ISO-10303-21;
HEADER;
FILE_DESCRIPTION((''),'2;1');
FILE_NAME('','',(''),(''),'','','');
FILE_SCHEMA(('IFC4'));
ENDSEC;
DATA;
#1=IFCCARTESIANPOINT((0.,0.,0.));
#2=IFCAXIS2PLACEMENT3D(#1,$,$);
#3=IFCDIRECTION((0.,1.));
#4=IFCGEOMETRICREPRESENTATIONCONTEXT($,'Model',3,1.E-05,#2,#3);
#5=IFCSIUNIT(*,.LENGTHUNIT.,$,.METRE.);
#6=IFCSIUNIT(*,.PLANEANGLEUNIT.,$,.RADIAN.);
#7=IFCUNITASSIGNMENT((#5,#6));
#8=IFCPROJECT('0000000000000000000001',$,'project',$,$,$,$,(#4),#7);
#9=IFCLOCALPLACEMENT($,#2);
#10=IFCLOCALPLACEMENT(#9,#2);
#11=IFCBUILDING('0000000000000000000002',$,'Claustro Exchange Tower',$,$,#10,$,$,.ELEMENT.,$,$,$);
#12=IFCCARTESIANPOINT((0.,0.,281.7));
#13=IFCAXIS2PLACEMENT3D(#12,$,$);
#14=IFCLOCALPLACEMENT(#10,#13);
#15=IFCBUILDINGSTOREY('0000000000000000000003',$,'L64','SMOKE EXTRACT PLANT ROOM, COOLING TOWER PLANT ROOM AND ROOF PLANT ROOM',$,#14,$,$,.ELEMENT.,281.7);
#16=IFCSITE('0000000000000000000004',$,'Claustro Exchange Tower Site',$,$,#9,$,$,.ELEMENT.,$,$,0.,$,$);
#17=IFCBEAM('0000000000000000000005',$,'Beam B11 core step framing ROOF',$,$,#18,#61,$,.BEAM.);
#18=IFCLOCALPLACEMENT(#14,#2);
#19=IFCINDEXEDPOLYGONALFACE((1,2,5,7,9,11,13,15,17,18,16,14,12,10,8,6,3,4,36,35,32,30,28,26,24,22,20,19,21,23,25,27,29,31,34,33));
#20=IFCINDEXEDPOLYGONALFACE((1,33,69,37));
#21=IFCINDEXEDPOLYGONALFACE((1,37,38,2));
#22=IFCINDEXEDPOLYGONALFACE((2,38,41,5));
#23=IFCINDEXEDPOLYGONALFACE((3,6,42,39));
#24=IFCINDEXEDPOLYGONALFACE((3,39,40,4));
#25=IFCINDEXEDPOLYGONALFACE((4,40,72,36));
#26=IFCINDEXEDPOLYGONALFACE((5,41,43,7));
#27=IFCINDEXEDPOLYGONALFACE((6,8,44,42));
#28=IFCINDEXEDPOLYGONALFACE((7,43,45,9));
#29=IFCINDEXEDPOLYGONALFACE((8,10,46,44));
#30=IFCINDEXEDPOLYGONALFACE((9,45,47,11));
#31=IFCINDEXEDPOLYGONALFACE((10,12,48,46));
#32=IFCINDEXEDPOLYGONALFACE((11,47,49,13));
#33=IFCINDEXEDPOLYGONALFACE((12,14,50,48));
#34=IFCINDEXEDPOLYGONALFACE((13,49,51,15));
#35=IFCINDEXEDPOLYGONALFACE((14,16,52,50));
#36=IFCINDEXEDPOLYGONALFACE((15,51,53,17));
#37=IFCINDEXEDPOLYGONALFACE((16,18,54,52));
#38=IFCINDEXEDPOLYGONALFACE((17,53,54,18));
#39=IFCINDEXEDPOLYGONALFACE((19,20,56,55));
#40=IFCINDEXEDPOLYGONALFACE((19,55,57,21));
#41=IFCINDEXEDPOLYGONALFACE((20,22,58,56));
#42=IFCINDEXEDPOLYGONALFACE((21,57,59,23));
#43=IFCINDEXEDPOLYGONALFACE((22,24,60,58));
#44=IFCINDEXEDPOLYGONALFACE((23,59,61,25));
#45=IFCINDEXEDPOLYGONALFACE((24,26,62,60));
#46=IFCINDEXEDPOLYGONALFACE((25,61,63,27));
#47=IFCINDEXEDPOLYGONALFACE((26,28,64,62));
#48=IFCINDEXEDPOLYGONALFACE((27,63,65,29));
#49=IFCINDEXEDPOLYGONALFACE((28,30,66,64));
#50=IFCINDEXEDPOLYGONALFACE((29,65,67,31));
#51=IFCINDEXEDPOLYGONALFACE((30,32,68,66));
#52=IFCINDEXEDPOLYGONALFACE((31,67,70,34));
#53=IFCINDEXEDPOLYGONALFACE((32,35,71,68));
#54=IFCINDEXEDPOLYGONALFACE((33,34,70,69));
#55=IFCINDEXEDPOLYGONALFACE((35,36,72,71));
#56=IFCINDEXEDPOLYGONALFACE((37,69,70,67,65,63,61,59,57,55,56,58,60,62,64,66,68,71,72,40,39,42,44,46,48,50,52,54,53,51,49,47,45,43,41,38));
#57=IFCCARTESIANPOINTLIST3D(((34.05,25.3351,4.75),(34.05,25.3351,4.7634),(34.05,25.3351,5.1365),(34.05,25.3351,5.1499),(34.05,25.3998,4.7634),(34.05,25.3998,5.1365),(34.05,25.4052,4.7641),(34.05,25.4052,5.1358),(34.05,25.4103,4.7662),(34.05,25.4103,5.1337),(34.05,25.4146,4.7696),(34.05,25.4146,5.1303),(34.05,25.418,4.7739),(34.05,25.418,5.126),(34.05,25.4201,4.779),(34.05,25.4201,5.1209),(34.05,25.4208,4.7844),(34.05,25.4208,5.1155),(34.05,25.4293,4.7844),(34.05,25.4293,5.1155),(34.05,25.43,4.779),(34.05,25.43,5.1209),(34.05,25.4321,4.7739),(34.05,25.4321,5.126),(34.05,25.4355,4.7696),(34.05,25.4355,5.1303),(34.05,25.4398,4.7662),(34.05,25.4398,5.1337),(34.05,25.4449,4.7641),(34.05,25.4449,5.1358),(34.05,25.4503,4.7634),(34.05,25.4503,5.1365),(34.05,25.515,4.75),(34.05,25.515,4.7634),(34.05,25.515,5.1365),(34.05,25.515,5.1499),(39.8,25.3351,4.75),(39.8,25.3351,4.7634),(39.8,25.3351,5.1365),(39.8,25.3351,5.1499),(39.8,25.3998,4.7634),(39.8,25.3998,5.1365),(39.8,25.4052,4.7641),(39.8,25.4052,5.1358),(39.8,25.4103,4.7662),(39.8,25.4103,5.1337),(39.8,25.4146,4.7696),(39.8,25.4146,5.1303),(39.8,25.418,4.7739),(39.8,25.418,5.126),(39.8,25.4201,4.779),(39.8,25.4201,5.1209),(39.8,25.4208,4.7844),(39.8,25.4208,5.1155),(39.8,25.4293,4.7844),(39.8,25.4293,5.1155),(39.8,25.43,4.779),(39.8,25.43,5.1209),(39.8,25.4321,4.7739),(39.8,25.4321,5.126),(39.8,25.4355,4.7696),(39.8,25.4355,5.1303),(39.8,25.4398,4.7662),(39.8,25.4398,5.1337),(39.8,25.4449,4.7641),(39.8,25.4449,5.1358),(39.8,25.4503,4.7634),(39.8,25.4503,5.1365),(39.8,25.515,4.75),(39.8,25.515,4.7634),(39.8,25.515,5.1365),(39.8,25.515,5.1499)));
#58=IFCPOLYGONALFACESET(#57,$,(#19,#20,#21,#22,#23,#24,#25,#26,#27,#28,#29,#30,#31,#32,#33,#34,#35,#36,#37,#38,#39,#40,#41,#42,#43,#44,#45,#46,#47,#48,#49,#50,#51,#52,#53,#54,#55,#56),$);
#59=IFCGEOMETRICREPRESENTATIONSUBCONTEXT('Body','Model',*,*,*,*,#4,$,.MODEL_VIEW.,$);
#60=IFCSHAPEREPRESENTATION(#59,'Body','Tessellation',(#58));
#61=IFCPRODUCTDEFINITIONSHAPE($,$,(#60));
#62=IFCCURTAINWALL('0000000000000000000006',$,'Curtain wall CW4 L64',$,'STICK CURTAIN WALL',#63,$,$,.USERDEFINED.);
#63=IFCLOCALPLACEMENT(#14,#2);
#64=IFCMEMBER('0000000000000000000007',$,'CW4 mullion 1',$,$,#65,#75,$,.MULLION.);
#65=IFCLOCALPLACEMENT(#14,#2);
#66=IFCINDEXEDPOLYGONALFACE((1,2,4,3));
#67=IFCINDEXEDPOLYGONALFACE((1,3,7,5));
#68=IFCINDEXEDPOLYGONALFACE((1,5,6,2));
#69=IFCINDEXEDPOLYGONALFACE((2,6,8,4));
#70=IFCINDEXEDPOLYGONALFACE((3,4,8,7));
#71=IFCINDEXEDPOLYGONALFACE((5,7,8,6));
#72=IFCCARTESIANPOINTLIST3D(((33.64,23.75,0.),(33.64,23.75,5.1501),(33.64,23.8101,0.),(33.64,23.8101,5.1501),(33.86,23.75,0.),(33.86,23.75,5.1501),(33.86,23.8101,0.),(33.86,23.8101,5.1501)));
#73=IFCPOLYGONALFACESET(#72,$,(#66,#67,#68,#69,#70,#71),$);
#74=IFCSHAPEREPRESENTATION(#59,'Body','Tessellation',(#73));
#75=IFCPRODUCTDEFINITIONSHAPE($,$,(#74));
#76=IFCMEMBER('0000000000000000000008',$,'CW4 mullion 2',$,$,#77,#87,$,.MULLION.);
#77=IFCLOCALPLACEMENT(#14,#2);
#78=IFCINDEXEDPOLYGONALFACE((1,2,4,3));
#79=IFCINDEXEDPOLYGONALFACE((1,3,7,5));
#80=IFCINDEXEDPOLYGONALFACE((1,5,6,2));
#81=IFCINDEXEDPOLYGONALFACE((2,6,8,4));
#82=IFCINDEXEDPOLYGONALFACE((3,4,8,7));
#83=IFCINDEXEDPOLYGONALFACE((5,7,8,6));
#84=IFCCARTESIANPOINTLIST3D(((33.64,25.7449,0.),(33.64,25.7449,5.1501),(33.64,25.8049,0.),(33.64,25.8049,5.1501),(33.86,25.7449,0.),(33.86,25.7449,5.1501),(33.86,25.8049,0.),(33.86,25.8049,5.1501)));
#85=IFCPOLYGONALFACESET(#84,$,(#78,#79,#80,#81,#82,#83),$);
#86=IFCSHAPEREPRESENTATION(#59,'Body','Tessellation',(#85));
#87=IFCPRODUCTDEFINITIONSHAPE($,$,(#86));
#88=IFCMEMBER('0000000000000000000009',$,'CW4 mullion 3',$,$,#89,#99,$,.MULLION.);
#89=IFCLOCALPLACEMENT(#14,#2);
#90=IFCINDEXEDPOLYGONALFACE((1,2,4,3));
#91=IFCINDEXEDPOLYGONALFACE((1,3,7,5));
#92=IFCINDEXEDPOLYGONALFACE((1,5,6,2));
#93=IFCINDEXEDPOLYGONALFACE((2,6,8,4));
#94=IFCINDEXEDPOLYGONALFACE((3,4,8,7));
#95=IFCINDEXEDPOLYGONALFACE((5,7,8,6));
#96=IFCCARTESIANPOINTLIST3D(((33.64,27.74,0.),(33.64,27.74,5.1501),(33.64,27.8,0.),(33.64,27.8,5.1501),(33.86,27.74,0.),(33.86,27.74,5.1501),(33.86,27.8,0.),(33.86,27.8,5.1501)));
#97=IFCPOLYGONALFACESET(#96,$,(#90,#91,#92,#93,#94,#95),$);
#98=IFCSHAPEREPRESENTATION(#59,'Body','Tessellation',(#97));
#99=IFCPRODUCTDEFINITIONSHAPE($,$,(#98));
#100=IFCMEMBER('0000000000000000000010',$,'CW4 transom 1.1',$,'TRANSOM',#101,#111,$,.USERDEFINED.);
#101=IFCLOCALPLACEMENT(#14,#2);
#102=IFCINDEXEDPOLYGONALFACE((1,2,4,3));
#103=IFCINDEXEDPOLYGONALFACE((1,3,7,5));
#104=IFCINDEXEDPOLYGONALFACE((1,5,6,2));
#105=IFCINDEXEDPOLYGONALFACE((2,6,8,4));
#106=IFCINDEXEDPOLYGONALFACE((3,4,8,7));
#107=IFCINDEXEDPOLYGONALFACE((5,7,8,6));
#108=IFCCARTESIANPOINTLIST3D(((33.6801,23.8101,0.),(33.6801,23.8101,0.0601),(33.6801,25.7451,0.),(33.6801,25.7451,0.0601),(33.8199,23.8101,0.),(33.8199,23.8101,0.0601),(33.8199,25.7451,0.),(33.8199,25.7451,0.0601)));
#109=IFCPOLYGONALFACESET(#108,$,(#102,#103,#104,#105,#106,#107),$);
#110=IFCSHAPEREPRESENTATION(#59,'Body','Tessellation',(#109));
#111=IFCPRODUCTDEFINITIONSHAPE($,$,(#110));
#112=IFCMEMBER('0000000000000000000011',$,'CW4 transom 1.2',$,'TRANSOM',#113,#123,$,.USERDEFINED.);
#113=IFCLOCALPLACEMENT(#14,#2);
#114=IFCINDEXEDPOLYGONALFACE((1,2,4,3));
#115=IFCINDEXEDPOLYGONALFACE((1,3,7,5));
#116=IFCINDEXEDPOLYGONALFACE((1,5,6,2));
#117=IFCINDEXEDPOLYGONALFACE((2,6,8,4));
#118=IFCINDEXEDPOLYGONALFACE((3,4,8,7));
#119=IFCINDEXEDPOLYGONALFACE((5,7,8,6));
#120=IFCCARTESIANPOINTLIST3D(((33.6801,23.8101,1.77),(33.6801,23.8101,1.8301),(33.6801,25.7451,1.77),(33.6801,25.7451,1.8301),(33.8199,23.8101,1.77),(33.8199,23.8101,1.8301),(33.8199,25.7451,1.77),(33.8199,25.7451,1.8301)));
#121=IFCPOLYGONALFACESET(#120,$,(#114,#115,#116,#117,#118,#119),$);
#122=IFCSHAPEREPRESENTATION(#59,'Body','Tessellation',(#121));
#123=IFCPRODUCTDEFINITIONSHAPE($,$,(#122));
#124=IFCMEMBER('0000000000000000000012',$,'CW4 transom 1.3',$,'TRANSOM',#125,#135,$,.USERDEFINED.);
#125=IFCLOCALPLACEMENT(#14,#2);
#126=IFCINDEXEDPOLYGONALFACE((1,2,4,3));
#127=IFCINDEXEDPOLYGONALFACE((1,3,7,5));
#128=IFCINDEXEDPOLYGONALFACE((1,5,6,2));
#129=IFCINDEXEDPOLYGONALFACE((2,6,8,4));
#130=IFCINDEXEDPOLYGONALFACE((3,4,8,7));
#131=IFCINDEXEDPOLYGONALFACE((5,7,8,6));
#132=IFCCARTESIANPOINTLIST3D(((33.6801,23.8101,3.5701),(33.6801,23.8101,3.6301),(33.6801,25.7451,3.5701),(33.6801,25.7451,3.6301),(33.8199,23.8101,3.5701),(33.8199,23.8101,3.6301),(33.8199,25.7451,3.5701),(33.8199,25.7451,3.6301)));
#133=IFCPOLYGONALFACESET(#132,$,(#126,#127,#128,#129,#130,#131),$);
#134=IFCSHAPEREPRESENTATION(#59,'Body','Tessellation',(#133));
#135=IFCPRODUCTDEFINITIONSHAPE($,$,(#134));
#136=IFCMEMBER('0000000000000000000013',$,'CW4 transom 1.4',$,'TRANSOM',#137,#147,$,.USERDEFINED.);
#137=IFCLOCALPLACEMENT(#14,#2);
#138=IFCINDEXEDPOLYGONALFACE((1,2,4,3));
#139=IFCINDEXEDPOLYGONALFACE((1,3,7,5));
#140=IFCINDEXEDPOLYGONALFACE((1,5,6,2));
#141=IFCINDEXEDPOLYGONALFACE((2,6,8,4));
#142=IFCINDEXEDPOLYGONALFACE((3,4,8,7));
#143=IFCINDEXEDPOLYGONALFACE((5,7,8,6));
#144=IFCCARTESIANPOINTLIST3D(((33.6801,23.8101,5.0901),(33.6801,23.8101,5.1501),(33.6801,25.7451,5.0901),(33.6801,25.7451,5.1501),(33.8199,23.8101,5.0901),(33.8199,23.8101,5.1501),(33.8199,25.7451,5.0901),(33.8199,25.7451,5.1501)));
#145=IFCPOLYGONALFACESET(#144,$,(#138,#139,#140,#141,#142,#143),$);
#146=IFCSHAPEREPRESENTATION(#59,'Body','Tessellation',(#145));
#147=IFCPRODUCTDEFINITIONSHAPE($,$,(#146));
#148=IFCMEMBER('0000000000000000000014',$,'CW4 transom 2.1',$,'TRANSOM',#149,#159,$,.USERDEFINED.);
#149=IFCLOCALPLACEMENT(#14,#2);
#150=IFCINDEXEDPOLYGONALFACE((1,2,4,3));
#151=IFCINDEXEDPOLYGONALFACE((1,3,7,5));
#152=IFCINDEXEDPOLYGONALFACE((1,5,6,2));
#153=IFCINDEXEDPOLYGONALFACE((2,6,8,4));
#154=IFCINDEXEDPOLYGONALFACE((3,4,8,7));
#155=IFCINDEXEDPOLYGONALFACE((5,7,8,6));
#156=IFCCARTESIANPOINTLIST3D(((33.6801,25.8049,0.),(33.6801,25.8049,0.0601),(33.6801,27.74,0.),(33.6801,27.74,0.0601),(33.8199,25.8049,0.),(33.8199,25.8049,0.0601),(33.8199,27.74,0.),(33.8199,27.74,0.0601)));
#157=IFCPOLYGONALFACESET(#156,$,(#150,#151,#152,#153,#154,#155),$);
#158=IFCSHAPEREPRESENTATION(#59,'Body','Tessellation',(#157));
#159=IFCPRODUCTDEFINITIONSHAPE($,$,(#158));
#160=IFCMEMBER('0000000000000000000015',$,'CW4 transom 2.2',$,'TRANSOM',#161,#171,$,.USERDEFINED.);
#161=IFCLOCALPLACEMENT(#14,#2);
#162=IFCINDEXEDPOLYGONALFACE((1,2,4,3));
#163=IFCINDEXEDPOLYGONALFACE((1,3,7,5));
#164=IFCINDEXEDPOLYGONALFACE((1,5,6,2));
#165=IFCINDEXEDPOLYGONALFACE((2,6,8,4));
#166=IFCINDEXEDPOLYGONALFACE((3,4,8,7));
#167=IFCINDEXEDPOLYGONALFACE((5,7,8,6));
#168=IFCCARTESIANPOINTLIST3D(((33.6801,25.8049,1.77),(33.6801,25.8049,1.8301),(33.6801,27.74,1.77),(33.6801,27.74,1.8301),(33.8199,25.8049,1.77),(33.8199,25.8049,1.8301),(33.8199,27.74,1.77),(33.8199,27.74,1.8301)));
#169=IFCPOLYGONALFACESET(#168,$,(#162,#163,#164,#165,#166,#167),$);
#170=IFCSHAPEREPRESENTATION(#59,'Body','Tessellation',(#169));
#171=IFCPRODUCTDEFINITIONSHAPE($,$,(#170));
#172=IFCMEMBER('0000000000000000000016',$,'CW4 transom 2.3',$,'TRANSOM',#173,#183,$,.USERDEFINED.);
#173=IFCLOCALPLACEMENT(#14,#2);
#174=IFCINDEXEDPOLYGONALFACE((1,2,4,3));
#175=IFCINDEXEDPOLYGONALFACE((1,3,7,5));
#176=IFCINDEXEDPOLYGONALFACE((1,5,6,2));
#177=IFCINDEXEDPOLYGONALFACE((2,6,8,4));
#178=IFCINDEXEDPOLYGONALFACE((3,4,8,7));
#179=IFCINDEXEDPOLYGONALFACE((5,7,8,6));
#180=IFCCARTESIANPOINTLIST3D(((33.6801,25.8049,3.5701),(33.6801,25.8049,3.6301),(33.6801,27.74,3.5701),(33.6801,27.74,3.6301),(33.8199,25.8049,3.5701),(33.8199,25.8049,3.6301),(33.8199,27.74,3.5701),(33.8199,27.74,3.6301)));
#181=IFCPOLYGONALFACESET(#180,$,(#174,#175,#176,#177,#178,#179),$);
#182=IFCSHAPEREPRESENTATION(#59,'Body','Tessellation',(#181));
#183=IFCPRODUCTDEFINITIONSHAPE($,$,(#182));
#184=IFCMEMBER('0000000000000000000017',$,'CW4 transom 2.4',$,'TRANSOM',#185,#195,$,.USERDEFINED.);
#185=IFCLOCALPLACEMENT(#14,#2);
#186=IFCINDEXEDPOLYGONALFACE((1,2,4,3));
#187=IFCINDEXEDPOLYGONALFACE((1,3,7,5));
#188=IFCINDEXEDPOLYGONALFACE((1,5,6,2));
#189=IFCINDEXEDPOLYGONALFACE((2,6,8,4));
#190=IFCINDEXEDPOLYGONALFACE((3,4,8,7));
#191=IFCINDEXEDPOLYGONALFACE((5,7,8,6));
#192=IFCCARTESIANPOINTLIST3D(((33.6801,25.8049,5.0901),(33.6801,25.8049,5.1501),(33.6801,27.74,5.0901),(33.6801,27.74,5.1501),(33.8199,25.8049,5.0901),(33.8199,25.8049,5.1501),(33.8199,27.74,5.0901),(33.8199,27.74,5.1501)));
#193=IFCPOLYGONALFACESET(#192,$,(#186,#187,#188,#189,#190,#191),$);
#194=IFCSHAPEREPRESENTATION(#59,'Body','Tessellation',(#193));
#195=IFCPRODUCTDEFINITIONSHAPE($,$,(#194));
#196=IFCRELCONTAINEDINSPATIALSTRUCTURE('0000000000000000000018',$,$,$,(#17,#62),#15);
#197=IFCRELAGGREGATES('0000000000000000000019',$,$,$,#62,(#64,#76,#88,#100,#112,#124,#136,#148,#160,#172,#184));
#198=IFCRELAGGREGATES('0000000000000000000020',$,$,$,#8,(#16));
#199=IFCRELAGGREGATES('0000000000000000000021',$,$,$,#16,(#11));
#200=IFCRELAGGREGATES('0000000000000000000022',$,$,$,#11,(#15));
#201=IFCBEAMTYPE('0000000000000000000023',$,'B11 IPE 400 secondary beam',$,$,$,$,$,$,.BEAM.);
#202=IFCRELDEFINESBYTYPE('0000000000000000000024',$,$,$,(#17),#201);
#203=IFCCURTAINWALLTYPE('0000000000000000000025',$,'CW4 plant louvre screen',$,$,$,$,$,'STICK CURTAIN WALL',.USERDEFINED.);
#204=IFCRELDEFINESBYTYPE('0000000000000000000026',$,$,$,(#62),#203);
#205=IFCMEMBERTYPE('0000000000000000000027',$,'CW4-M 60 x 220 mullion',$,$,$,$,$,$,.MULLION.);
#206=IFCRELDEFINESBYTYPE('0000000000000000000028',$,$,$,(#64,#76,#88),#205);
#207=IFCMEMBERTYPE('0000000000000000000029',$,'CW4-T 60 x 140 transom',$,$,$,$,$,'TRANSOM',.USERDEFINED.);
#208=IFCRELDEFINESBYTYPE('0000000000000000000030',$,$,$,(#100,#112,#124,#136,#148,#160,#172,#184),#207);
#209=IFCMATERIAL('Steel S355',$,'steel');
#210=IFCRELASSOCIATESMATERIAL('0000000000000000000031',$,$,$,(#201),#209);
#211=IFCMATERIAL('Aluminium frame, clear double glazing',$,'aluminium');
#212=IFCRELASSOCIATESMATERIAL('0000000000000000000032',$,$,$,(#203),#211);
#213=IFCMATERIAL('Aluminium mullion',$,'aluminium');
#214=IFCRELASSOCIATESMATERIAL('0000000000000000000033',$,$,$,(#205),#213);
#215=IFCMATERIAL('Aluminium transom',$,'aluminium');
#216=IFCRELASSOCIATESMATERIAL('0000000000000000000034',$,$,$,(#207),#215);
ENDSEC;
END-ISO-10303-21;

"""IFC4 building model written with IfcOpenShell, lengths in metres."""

from ifc_helpers import new_model, si_unit, direction, frame, origin, origin_2d, place, context, subcontext, project, spatial, rectangle, i_section, extrude, material, material_profile, profile_set, type_object, element, aggregate, save


model = new_model("IFC4")

# Units and contexts
model_context = context("Model", 3, precision=1e-05, world=origin(), true_north=direction((0.0, 1.0)))
body_context = subcontext(model_context, "Body", "Model", "MODEL_VIEW")
ifc_project = project(units=[si_unit("LENGTHUNIT", "METRE"), si_unit("PLANEANGLEUNIT", "RADIAN")], contexts=[model_context])

# Site, building, storey
site_placement = place(None, origin())
site = spatial("IfcSite", under=ifc_project, at=site_placement, Name="Claustro Exchange Tower Site", CompositionType="ELEMENT", RefElevation=0.0)
building_placement = place(site_placement, origin())
building = spatial("IfcBuilding", under=site, at=building_placement, Name="Claustro Exchange Tower", CompositionType="ELEMENT")
storey_placement = place(building_placement, frame((0.0, 0.0, 281.7)))
storey = spatial("IfcBuildingStorey", under=building, at=storey_placement, Name="L64", Description="SMOKE EXTRACT PLANT ROOM, COOLING TOWER PLANT ROOM AND ROOF PLANT ROOM", CompositionType="ELEMENT", Elevation=281.7)

# Beam
ifc_material_1 = material(Name="Steel S355", Category="steel")
ifc_material_profile_1 = material_profile(ifc_material_1, i_section(OverallWidth=0.1799, OverallDepth=0.3999, WebThickness=0.0085, FlangeThickness=0.0134, FilletRadius=0.021, at=origin_2d()), Name="IPE 400")
ifc_profile_set_1 = profile_set([ifc_material_profile_1], Name="Steel S355")
beam_type = type_object("IfcBeamType", Name="B11 IPE 400 secondary beam", PredefinedType="BEAM", material=ifc_profile_set_1)
beam_placement = place(storey_placement, frame((34.05, 25.425, 4.95), z_axis=(1.0, 0.0, 0.0), x_axis=(0.0, 1.0, 0.0)))
element("IfcBeam", 1, at=beam_placement, inside=storey, type_object=beam_type, Name="Beam B11 core step framing ROOF", PredefinedType="BEAM", context=body_context, shape_type="SweptSolid", body=[
    extrude(i_section(OverallWidth=0.1799, OverallDepth=0.3999, WebThickness=0.0085, FlangeThickness=0.0134, FilletRadius=0.021, at=origin_2d()), origin(), (0.0, 0.0, 1.0), 5.75),
])

# Curtain wall, members
ifc_material_2 = material(Name="Aluminium frame, clear double glazing", Category="aluminium")
curtain_wall_type = type_object("IfcCurtainWallType", Name="CW4 plant louvre screen", ElementType="STICK CURTAIN WALL", PredefinedType="USERDEFINED", material=ifc_material_2)
curtain_wall_placement = place(storey_placement, origin())
curtain_wall = element("IfcCurtainWall", 2, at=curtain_wall_placement, inside=storey, type_object=curtain_wall_type, Name="Curtain wall CW4 L64", ObjectType="STICK CURTAIN WALL", PredefinedType="USERDEFINED")
ifc_material_3 = material(Name="Aluminium mullion", Category="aluminium")
ifc_material_profile_2 = material_profile(ifc_material_3, rectangle(XDim=0.22, YDim=0.0601, at=origin_2d()), Name="CW4-M 60x220")
ifc_profile_set_2 = profile_set([ifc_material_profile_2], Name="Aluminium mullion")
member_type_1 = type_object("IfcMemberType", Name="CW4-M 60 x 220 mullion", PredefinedType="MULLION", material=ifc_profile_set_2)
member_1_placement = place(storey_placement, frame((33.75, 23.78, 0.0), z_axis=(0.0, 0.0, 1.0), x_axis=(-1.0, 0.0, 0.0)))
member_1 = element("IfcMember", 3, at=member_1_placement, type_object=member_type_1, Name="CW4 mullion 1", PredefinedType="MULLION", context=body_context, shape_type="SweptSolid", body=[
    extrude(rectangle(XDim=0.22, YDim=0.0601, at=origin_2d()), origin(), (0.0, 0.0, 1.0), 5.1501),
])
member_2_placement = place(storey_placement, frame((33.75, 25.7749, 0.0), z_axis=(0.0, 0.0, 1.0), x_axis=(-1.0, 0.0, 0.0)))
member_2 = element("IfcMember", 4, at=member_2_placement, type_object=member_type_1, Name="CW4 mullion 2", PredefinedType="MULLION", context=body_context, shape_type="SweptSolid", body=[
    extrude(rectangle(XDim=0.22, YDim=0.0601, at=origin_2d()), origin(), (0.0, 0.0, 1.0), 5.1501),
])
member_3_placement = place(storey_placement, frame((33.75, 27.77, 0.0), z_axis=(0.0, 0.0, 1.0), x_axis=(-1.0, 0.0, 0.0)))
member_3 = element("IfcMember", 5, at=member_3_placement, type_object=member_type_1, Name="CW4 mullion 3", PredefinedType="MULLION", context=body_context, shape_type="SweptSolid", body=[
    extrude(rectangle(XDim=0.22, YDim=0.0601, at=origin_2d()), origin(), (0.0, 0.0, 1.0), 5.1501),
])
ifc_material_4 = material(Name="Aluminium transom", Category="aluminium")
ifc_material_profile_3 = material_profile(ifc_material_4, rectangle(XDim=0.1399, YDim=0.0601, at=origin_2d()), Name="CW4-T 60x140")
ifc_profile_set_3 = profile_set([ifc_material_profile_3], Name="Aluminium transom")
member_type_2 = type_object("IfcMemberType", Name="CW4-T 60 x 140 transom", ElementType="TRANSOM", PredefinedType="USERDEFINED", material=ifc_profile_set_3)
member_4_placement = place(storey_placement, frame((33.75, 23.8101, 0.03), z_axis=(0.0, 1.0, 0.0), x_axis=(-1.0, 0.0, 0.0)))
member_4 = element("IfcMember", 6, at=member_4_placement, type_object=member_type_2, Name="CW4 transom 1.1", ObjectType="TRANSOM", PredefinedType="USERDEFINED", context=body_context, shape_type="SweptSolid", body=[
    extrude(rectangle(XDim=0.1399, YDim=0.0601, at=origin_2d()), origin(), (0.0, 0.0, 1.0), 1.9351),
])
member_5_placement = place(storey_placement, frame((33.75, 23.8101, 1.8), z_axis=(0.0, 1.0, 0.0), x_axis=(-1.0, 0.0, 0.0)))
member_5 = element("IfcMember", 7, at=member_5_placement, type_object=member_type_2, Name="CW4 transom 1.2", ObjectType="TRANSOM", PredefinedType="USERDEFINED", context=body_context, shape_type="SweptSolid", body=[
    extrude(rectangle(XDim=0.1399, YDim=0.0601, at=origin_2d()), origin(), (0.0, 0.0, 1.0), 1.9351),
])
member_6_placement = place(storey_placement, frame((33.75, 23.8101, 3.6001), z_axis=(0.0, 1.0, 0.0), x_axis=(-1.0, 0.0, 0.0)))
member_6 = element("IfcMember", 8, at=member_6_placement, type_object=member_type_2, Name="CW4 transom 1.3", ObjectType="TRANSOM", PredefinedType="USERDEFINED", context=body_context, shape_type="SweptSolid", body=[
    extrude(rectangle(XDim=0.1399, YDim=0.0601, at=origin_2d()), origin(), (0.0, 0.0, 1.0), 1.9351),
])
member_7_placement = place(storey_placement, frame((33.75, 23.8101, 5.1201), z_axis=(0.0, 1.0, 0.0), x_axis=(-1.0, 0.0, 0.0)))
member_7 = element("IfcMember", 9, at=member_7_placement, type_object=member_type_2, Name="CW4 transom 1.4", ObjectType="TRANSOM", PredefinedType="USERDEFINED", context=body_context, shape_type="SweptSolid", body=[
    extrude(rectangle(XDim=0.1399, YDim=0.0601, at=origin_2d()), origin(), (0.0, 0.0, 1.0), 1.9351),
])
member_8_placement = place(storey_placement, frame((33.75, 25.8049, 0.03), z_axis=(0.0, 1.0, 0.0), x_axis=(-1.0, 0.0, 0.0)))
member_8 = element("IfcMember", 10, at=member_8_placement, type_object=member_type_2, Name="CW4 transom 2.1", ObjectType="TRANSOM", PredefinedType="USERDEFINED", context=body_context, shape_type="SweptSolid", body=[
    extrude(rectangle(XDim=0.1399, YDim=0.0601, at=origin_2d()), origin(), (0.0, 0.0, 1.0), 1.9351),
])
member_9_placement = place(storey_placement, frame((33.75, 25.8049, 1.8), z_axis=(0.0, 1.0, 0.0), x_axis=(-1.0, 0.0, 0.0)))
member_9 = element("IfcMember", 11, at=member_9_placement, type_object=member_type_2, Name="CW4 transom 2.2", ObjectType="TRANSOM", PredefinedType="USERDEFINED", context=body_context, shape_type="SweptSolid", body=[
    extrude(rectangle(XDim=0.1399, YDim=0.0601, at=origin_2d()), origin(), (0.0, 0.0, 1.0), 1.9351),
])
member_10_placement = place(storey_placement, frame((33.75, 25.8049, 3.6001), z_axis=(0.0, 1.0, 0.0), x_axis=(-1.0, 0.0, 0.0)))
member_10 = element("IfcMember", 12, at=member_10_placement, type_object=member_type_2, Name="CW4 transom 2.3", ObjectType="TRANSOM", PredefinedType="USERDEFINED", context=body_context, shape_type="SweptSolid", body=[
    extrude(rectangle(XDim=0.1399, YDim=0.0601, at=origin_2d()), origin(), (0.0, 0.0, 1.0), 1.9351),
])
member_11_placement = place(storey_placement, frame((33.75, 25.8049, 5.1201), z_axis=(0.0, 1.0, 0.0), x_axis=(-1.0, 0.0, 0.0)))
member_11 = element("IfcMember", 13, at=member_11_placement, type_object=member_type_2, Name="CW4 transom 2.4", ObjectType="TRANSOM", PredefinedType="USERDEFINED", context=body_context, shape_type="SweptSolid", body=[
    extrude(rectangle(XDim=0.1399, YDim=0.0601, at=origin_2d()), origin(), (0.0, 0.0, 1.0), 1.9351),
])
aggregate(curtain_wall, [member_1, member_2, member_3, member_4, member_5, member_6, member_7, member_8, member_9, member_10, member_11])

save(model, "model.ifc")
